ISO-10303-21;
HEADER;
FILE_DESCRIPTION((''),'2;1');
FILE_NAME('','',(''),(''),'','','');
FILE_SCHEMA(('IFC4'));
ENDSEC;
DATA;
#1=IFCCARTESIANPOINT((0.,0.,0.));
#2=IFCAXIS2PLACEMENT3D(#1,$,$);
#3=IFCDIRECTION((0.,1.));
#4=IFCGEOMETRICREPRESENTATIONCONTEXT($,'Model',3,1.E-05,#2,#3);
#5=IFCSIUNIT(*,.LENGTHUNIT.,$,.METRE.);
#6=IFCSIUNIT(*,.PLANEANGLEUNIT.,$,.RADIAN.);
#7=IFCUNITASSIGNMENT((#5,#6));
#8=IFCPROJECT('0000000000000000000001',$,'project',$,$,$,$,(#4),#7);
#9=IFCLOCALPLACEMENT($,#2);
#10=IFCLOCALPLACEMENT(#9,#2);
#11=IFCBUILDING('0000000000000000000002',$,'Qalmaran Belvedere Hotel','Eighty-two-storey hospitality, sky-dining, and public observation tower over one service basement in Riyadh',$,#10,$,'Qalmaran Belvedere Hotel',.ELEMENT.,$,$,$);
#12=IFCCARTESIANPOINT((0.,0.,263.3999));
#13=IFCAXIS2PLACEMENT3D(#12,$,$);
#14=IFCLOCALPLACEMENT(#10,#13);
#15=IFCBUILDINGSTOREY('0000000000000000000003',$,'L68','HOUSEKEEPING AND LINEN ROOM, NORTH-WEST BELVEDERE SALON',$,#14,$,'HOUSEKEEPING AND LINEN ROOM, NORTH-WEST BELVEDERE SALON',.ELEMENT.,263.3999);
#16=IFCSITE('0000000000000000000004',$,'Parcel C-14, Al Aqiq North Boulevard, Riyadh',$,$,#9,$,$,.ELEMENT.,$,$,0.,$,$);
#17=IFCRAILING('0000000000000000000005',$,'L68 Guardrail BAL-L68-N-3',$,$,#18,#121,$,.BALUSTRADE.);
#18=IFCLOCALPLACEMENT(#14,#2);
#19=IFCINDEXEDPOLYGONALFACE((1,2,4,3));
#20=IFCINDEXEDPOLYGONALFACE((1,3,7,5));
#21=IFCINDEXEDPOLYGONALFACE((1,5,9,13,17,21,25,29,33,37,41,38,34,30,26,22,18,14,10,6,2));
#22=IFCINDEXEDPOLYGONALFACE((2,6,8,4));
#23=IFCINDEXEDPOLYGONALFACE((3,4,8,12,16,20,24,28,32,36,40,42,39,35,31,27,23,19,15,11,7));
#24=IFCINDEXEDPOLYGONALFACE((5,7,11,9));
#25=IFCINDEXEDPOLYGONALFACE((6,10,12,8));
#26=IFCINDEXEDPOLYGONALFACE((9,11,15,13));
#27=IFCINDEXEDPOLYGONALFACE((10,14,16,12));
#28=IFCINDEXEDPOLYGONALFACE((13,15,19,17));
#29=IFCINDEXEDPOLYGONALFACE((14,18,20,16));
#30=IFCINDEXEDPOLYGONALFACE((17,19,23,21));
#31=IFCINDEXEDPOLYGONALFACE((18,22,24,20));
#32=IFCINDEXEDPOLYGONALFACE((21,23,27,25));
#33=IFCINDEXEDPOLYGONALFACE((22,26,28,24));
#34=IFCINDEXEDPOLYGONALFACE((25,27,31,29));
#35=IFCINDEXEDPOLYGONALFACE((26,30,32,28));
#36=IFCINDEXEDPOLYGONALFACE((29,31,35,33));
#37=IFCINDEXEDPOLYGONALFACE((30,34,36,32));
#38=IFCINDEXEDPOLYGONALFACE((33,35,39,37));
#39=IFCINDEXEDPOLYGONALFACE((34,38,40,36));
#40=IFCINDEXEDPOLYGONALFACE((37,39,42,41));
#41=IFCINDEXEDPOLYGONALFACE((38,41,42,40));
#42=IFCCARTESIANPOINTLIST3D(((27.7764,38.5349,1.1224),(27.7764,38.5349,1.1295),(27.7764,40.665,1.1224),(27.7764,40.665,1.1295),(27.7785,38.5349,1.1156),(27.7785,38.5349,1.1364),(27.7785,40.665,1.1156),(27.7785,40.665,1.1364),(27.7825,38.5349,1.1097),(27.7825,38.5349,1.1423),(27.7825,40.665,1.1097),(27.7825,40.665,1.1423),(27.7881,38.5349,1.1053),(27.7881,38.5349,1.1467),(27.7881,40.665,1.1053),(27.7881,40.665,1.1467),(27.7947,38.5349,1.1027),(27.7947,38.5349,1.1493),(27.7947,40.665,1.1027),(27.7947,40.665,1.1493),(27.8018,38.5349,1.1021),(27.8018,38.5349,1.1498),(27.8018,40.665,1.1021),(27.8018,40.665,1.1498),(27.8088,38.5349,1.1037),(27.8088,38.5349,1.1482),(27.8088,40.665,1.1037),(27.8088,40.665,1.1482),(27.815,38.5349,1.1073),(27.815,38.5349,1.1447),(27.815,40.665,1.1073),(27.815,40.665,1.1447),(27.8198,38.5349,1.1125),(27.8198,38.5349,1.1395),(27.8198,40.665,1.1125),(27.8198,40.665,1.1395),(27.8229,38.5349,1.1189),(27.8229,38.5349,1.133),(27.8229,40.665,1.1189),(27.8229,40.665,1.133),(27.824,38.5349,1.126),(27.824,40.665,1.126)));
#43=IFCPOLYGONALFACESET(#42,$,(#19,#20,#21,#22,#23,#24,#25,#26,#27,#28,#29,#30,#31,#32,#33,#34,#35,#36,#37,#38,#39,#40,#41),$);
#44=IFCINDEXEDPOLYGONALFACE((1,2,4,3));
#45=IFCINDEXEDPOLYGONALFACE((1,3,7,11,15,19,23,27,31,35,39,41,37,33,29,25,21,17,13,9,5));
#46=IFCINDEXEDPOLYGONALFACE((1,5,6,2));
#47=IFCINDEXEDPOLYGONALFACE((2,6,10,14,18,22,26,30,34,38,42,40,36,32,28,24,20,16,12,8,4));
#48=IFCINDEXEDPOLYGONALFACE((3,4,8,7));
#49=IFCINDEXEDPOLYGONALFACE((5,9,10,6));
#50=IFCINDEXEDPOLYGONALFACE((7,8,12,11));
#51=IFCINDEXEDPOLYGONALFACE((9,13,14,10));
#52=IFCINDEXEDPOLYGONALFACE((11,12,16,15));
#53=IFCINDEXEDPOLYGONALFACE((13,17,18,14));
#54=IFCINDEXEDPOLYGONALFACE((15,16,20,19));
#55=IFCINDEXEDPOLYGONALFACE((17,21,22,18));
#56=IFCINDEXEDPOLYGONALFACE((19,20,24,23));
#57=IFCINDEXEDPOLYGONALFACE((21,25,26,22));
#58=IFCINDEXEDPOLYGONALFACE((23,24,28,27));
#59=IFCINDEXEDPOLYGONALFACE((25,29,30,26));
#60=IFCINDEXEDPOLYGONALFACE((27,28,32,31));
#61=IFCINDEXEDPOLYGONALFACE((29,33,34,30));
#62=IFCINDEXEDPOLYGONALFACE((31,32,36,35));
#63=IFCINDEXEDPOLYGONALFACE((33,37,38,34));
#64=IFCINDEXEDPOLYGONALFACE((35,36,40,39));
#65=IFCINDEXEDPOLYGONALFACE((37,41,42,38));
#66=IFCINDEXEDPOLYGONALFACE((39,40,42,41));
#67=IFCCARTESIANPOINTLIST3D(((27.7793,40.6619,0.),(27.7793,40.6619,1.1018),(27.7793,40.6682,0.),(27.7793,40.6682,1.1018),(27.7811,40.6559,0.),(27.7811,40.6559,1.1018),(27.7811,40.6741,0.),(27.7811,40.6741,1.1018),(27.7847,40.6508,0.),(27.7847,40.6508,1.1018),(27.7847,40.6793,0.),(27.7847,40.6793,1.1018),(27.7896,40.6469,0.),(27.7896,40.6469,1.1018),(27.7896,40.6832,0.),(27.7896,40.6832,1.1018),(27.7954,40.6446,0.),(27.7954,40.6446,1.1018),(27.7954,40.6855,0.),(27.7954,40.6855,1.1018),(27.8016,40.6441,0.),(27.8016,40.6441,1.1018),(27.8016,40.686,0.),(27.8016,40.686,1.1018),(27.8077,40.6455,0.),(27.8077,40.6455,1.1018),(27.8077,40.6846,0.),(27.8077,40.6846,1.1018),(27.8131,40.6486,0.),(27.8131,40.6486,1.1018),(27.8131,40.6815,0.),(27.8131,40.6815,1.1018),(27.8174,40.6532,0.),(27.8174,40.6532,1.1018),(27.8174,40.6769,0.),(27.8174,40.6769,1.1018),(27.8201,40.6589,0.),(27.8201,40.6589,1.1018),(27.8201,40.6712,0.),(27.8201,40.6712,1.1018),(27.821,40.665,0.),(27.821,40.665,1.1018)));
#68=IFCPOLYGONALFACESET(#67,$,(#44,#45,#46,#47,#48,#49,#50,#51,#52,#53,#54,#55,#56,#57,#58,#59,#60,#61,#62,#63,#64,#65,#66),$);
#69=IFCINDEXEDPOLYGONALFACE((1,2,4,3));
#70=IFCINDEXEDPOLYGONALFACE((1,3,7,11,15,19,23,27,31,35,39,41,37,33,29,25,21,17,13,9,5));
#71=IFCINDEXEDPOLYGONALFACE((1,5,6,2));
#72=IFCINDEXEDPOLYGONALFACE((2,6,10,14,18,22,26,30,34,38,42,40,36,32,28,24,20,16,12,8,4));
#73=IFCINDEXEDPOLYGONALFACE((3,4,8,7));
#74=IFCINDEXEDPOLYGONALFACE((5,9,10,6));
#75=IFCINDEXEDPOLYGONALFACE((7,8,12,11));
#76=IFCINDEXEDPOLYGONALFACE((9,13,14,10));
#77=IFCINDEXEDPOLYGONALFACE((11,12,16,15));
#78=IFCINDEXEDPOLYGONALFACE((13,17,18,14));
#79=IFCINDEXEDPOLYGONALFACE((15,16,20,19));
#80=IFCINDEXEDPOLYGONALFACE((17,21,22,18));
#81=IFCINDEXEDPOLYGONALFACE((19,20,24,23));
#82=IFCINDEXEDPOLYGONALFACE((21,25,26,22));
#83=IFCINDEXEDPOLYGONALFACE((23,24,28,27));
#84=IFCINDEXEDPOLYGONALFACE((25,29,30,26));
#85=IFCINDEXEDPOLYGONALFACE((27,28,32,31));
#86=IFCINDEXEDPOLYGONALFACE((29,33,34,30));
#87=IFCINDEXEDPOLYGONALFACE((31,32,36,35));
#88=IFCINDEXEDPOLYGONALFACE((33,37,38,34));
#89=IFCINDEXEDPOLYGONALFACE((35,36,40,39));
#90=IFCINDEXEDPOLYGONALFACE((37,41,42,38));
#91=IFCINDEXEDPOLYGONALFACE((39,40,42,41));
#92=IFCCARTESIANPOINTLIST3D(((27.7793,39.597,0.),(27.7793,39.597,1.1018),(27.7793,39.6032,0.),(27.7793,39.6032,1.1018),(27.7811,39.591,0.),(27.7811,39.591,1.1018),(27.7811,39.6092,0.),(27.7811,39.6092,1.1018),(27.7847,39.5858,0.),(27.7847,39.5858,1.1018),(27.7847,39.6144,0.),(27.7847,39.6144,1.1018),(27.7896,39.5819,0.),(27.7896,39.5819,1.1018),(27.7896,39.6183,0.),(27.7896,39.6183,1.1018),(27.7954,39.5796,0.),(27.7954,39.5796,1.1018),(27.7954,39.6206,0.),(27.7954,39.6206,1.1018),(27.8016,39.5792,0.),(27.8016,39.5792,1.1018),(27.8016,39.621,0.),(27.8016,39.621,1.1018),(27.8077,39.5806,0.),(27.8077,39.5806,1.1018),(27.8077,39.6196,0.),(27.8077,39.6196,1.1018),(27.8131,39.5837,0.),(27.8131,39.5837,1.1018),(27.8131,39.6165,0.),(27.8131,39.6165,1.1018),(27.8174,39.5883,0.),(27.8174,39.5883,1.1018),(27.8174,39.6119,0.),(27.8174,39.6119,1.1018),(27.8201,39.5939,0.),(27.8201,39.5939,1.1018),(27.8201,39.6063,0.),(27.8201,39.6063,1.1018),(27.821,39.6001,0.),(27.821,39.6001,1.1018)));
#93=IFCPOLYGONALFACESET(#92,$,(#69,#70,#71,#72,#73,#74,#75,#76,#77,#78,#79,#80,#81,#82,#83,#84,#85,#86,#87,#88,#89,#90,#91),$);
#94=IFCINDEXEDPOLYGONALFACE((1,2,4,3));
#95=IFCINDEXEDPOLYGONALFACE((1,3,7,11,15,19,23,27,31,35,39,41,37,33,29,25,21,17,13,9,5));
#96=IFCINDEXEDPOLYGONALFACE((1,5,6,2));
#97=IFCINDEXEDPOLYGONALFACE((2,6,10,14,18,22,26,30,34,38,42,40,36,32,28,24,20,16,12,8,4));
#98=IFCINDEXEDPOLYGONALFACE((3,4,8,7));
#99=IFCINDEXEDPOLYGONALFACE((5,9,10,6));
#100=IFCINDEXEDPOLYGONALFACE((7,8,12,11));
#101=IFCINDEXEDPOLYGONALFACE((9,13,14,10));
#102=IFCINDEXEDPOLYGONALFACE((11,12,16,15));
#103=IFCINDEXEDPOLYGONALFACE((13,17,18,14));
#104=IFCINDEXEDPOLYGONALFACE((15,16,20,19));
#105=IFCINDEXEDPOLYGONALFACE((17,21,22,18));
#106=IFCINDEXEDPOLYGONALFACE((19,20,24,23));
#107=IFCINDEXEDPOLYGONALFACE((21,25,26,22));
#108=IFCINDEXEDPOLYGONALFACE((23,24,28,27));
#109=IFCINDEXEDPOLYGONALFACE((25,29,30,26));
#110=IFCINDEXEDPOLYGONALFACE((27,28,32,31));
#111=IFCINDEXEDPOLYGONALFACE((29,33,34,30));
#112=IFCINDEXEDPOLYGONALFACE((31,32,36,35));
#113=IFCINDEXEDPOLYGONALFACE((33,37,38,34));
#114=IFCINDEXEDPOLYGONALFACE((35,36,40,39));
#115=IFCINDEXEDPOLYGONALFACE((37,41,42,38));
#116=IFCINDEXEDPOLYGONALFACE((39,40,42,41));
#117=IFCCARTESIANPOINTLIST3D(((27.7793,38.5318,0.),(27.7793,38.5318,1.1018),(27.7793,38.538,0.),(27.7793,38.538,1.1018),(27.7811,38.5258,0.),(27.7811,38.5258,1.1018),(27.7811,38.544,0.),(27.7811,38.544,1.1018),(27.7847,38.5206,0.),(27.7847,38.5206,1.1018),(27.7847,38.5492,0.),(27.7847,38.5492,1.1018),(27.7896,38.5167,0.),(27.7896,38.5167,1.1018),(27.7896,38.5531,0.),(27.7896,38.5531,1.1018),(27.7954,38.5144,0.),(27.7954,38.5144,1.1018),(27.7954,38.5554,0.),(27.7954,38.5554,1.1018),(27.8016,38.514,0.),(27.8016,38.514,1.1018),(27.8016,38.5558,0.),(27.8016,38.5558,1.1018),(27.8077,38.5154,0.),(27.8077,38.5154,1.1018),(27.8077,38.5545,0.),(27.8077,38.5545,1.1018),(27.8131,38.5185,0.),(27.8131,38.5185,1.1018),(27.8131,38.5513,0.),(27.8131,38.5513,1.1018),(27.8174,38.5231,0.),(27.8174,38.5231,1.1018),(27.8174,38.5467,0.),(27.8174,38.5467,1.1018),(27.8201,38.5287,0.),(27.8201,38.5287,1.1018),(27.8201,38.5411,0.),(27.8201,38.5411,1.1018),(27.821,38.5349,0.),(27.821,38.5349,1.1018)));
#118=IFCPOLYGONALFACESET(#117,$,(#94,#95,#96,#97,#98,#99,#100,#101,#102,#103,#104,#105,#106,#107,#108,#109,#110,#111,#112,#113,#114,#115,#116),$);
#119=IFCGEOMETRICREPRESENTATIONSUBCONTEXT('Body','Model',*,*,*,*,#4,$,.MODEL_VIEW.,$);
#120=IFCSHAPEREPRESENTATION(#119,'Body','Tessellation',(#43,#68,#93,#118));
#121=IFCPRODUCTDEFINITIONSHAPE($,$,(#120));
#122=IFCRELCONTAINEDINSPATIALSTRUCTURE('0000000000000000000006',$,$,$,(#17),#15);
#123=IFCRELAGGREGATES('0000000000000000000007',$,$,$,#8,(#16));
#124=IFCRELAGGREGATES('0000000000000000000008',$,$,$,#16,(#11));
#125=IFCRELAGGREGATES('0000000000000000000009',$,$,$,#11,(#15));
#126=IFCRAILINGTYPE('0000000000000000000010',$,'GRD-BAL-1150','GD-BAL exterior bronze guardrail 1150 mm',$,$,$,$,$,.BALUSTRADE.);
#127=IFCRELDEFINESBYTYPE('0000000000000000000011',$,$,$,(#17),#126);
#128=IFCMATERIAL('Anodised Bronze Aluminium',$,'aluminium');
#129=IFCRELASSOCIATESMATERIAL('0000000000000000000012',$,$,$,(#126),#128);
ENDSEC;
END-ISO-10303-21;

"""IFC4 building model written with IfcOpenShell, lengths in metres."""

from ifc_helpers import new_model, si_unit, direction, frame, origin, origin_2d, place, context, subcontext, project, spatial, circle, extrude, material, type_object, element, save


model = new_model("IFC4")

# Units and contexts
model_context = context("Model", 3, precision=1e-05, world=origin(), true_north=direction((0.0, 1.0)))
body_context = subcontext(model_context, "Body", "Model", "MODEL_VIEW")
ifc_project = project(units=[si_unit("LENGTHUNIT", "METRE"), si_unit("PLANEANGLEUNIT", "RADIAN")], contexts=[model_context])

# Site, building, storey
site_placement = place(None, origin())
site = spatial("IfcSite", under=ifc_project, at=site_placement, Name="Parcel C-14, Al Aqiq North Boulevard, Riyadh", CompositionType="ELEMENT", RefElevation=0.0)
building_placement = place(site_placement, origin())
building = spatial("IfcBuilding", under=site, at=building_placement, Name="Qalmaran Belvedere Hotel", Description="Eighty-two-storey hospitality, sky-dining, and public observation tower over one service basement in Riyadh", LongName="Qalmaran Belvedere Hotel", CompositionType="ELEMENT")
storey_placement = place(building_placement, frame((0.0, 0.0, 263.3999)))
storey = spatial("IfcBuildingStorey", under=building, at=storey_placement, Name="L68", Description="HOUSEKEEPING AND LINEN ROOM, NORTH-WEST BELVEDERE SALON", LongName="HOUSEKEEPING AND LINEN ROOM, NORTH-WEST BELVEDERE SALON", CompositionType="ELEMENT", Elevation=263.3999)

# Shared definitions
ifc_material_1 = material(Name="Anodised Bronze Aluminium", Category="aluminium")

# Railing
railing_type = type_object("IfcRailingType", Name="GRD-BAL-1150", Description="GD-BAL exterior bronze guardrail 1150 mm", PredefinedType="BALUSTRADE", material=ifc_material_1)
railing_placement = place(storey_placement, frame((27.8, 40.665, 0.0)))
element("IfcRailing", 1, at=railing_placement, inside=storey, type_object=railing_type, Name="L68 Guardrail BAL-L68-N-3", PredefinedType="BALUSTRADE", context=body_context, shape_type="SweptSolid", body=[
    extrude(circle(Radius=0.0239, at=origin_2d()), frame((0.0, 0.0, 1.126), z_axis=(0.0, -1.0, 0.0), x_axis=(1.0, 0.0, 0.0)), (0.0, 0.0, 1.0), 2.1301),
    extrude(circle(Radius=0.021, at=origin_2d()), origin(), (0.0, 0.0, 1.0), 1.1018),
    extrude(circle(Radius=0.021, at=origin_2d()), frame((0.0, -1.0649, 0.0)), (0.0, 0.0, 1.0), 1.1018),
    extrude(circle(Radius=0.021, at=origin_2d()), frame((0.0, -2.1301, 0.0)), (0.0, 0.0, 1.0), 1.1018),
])

save(model, "model.ifc")
